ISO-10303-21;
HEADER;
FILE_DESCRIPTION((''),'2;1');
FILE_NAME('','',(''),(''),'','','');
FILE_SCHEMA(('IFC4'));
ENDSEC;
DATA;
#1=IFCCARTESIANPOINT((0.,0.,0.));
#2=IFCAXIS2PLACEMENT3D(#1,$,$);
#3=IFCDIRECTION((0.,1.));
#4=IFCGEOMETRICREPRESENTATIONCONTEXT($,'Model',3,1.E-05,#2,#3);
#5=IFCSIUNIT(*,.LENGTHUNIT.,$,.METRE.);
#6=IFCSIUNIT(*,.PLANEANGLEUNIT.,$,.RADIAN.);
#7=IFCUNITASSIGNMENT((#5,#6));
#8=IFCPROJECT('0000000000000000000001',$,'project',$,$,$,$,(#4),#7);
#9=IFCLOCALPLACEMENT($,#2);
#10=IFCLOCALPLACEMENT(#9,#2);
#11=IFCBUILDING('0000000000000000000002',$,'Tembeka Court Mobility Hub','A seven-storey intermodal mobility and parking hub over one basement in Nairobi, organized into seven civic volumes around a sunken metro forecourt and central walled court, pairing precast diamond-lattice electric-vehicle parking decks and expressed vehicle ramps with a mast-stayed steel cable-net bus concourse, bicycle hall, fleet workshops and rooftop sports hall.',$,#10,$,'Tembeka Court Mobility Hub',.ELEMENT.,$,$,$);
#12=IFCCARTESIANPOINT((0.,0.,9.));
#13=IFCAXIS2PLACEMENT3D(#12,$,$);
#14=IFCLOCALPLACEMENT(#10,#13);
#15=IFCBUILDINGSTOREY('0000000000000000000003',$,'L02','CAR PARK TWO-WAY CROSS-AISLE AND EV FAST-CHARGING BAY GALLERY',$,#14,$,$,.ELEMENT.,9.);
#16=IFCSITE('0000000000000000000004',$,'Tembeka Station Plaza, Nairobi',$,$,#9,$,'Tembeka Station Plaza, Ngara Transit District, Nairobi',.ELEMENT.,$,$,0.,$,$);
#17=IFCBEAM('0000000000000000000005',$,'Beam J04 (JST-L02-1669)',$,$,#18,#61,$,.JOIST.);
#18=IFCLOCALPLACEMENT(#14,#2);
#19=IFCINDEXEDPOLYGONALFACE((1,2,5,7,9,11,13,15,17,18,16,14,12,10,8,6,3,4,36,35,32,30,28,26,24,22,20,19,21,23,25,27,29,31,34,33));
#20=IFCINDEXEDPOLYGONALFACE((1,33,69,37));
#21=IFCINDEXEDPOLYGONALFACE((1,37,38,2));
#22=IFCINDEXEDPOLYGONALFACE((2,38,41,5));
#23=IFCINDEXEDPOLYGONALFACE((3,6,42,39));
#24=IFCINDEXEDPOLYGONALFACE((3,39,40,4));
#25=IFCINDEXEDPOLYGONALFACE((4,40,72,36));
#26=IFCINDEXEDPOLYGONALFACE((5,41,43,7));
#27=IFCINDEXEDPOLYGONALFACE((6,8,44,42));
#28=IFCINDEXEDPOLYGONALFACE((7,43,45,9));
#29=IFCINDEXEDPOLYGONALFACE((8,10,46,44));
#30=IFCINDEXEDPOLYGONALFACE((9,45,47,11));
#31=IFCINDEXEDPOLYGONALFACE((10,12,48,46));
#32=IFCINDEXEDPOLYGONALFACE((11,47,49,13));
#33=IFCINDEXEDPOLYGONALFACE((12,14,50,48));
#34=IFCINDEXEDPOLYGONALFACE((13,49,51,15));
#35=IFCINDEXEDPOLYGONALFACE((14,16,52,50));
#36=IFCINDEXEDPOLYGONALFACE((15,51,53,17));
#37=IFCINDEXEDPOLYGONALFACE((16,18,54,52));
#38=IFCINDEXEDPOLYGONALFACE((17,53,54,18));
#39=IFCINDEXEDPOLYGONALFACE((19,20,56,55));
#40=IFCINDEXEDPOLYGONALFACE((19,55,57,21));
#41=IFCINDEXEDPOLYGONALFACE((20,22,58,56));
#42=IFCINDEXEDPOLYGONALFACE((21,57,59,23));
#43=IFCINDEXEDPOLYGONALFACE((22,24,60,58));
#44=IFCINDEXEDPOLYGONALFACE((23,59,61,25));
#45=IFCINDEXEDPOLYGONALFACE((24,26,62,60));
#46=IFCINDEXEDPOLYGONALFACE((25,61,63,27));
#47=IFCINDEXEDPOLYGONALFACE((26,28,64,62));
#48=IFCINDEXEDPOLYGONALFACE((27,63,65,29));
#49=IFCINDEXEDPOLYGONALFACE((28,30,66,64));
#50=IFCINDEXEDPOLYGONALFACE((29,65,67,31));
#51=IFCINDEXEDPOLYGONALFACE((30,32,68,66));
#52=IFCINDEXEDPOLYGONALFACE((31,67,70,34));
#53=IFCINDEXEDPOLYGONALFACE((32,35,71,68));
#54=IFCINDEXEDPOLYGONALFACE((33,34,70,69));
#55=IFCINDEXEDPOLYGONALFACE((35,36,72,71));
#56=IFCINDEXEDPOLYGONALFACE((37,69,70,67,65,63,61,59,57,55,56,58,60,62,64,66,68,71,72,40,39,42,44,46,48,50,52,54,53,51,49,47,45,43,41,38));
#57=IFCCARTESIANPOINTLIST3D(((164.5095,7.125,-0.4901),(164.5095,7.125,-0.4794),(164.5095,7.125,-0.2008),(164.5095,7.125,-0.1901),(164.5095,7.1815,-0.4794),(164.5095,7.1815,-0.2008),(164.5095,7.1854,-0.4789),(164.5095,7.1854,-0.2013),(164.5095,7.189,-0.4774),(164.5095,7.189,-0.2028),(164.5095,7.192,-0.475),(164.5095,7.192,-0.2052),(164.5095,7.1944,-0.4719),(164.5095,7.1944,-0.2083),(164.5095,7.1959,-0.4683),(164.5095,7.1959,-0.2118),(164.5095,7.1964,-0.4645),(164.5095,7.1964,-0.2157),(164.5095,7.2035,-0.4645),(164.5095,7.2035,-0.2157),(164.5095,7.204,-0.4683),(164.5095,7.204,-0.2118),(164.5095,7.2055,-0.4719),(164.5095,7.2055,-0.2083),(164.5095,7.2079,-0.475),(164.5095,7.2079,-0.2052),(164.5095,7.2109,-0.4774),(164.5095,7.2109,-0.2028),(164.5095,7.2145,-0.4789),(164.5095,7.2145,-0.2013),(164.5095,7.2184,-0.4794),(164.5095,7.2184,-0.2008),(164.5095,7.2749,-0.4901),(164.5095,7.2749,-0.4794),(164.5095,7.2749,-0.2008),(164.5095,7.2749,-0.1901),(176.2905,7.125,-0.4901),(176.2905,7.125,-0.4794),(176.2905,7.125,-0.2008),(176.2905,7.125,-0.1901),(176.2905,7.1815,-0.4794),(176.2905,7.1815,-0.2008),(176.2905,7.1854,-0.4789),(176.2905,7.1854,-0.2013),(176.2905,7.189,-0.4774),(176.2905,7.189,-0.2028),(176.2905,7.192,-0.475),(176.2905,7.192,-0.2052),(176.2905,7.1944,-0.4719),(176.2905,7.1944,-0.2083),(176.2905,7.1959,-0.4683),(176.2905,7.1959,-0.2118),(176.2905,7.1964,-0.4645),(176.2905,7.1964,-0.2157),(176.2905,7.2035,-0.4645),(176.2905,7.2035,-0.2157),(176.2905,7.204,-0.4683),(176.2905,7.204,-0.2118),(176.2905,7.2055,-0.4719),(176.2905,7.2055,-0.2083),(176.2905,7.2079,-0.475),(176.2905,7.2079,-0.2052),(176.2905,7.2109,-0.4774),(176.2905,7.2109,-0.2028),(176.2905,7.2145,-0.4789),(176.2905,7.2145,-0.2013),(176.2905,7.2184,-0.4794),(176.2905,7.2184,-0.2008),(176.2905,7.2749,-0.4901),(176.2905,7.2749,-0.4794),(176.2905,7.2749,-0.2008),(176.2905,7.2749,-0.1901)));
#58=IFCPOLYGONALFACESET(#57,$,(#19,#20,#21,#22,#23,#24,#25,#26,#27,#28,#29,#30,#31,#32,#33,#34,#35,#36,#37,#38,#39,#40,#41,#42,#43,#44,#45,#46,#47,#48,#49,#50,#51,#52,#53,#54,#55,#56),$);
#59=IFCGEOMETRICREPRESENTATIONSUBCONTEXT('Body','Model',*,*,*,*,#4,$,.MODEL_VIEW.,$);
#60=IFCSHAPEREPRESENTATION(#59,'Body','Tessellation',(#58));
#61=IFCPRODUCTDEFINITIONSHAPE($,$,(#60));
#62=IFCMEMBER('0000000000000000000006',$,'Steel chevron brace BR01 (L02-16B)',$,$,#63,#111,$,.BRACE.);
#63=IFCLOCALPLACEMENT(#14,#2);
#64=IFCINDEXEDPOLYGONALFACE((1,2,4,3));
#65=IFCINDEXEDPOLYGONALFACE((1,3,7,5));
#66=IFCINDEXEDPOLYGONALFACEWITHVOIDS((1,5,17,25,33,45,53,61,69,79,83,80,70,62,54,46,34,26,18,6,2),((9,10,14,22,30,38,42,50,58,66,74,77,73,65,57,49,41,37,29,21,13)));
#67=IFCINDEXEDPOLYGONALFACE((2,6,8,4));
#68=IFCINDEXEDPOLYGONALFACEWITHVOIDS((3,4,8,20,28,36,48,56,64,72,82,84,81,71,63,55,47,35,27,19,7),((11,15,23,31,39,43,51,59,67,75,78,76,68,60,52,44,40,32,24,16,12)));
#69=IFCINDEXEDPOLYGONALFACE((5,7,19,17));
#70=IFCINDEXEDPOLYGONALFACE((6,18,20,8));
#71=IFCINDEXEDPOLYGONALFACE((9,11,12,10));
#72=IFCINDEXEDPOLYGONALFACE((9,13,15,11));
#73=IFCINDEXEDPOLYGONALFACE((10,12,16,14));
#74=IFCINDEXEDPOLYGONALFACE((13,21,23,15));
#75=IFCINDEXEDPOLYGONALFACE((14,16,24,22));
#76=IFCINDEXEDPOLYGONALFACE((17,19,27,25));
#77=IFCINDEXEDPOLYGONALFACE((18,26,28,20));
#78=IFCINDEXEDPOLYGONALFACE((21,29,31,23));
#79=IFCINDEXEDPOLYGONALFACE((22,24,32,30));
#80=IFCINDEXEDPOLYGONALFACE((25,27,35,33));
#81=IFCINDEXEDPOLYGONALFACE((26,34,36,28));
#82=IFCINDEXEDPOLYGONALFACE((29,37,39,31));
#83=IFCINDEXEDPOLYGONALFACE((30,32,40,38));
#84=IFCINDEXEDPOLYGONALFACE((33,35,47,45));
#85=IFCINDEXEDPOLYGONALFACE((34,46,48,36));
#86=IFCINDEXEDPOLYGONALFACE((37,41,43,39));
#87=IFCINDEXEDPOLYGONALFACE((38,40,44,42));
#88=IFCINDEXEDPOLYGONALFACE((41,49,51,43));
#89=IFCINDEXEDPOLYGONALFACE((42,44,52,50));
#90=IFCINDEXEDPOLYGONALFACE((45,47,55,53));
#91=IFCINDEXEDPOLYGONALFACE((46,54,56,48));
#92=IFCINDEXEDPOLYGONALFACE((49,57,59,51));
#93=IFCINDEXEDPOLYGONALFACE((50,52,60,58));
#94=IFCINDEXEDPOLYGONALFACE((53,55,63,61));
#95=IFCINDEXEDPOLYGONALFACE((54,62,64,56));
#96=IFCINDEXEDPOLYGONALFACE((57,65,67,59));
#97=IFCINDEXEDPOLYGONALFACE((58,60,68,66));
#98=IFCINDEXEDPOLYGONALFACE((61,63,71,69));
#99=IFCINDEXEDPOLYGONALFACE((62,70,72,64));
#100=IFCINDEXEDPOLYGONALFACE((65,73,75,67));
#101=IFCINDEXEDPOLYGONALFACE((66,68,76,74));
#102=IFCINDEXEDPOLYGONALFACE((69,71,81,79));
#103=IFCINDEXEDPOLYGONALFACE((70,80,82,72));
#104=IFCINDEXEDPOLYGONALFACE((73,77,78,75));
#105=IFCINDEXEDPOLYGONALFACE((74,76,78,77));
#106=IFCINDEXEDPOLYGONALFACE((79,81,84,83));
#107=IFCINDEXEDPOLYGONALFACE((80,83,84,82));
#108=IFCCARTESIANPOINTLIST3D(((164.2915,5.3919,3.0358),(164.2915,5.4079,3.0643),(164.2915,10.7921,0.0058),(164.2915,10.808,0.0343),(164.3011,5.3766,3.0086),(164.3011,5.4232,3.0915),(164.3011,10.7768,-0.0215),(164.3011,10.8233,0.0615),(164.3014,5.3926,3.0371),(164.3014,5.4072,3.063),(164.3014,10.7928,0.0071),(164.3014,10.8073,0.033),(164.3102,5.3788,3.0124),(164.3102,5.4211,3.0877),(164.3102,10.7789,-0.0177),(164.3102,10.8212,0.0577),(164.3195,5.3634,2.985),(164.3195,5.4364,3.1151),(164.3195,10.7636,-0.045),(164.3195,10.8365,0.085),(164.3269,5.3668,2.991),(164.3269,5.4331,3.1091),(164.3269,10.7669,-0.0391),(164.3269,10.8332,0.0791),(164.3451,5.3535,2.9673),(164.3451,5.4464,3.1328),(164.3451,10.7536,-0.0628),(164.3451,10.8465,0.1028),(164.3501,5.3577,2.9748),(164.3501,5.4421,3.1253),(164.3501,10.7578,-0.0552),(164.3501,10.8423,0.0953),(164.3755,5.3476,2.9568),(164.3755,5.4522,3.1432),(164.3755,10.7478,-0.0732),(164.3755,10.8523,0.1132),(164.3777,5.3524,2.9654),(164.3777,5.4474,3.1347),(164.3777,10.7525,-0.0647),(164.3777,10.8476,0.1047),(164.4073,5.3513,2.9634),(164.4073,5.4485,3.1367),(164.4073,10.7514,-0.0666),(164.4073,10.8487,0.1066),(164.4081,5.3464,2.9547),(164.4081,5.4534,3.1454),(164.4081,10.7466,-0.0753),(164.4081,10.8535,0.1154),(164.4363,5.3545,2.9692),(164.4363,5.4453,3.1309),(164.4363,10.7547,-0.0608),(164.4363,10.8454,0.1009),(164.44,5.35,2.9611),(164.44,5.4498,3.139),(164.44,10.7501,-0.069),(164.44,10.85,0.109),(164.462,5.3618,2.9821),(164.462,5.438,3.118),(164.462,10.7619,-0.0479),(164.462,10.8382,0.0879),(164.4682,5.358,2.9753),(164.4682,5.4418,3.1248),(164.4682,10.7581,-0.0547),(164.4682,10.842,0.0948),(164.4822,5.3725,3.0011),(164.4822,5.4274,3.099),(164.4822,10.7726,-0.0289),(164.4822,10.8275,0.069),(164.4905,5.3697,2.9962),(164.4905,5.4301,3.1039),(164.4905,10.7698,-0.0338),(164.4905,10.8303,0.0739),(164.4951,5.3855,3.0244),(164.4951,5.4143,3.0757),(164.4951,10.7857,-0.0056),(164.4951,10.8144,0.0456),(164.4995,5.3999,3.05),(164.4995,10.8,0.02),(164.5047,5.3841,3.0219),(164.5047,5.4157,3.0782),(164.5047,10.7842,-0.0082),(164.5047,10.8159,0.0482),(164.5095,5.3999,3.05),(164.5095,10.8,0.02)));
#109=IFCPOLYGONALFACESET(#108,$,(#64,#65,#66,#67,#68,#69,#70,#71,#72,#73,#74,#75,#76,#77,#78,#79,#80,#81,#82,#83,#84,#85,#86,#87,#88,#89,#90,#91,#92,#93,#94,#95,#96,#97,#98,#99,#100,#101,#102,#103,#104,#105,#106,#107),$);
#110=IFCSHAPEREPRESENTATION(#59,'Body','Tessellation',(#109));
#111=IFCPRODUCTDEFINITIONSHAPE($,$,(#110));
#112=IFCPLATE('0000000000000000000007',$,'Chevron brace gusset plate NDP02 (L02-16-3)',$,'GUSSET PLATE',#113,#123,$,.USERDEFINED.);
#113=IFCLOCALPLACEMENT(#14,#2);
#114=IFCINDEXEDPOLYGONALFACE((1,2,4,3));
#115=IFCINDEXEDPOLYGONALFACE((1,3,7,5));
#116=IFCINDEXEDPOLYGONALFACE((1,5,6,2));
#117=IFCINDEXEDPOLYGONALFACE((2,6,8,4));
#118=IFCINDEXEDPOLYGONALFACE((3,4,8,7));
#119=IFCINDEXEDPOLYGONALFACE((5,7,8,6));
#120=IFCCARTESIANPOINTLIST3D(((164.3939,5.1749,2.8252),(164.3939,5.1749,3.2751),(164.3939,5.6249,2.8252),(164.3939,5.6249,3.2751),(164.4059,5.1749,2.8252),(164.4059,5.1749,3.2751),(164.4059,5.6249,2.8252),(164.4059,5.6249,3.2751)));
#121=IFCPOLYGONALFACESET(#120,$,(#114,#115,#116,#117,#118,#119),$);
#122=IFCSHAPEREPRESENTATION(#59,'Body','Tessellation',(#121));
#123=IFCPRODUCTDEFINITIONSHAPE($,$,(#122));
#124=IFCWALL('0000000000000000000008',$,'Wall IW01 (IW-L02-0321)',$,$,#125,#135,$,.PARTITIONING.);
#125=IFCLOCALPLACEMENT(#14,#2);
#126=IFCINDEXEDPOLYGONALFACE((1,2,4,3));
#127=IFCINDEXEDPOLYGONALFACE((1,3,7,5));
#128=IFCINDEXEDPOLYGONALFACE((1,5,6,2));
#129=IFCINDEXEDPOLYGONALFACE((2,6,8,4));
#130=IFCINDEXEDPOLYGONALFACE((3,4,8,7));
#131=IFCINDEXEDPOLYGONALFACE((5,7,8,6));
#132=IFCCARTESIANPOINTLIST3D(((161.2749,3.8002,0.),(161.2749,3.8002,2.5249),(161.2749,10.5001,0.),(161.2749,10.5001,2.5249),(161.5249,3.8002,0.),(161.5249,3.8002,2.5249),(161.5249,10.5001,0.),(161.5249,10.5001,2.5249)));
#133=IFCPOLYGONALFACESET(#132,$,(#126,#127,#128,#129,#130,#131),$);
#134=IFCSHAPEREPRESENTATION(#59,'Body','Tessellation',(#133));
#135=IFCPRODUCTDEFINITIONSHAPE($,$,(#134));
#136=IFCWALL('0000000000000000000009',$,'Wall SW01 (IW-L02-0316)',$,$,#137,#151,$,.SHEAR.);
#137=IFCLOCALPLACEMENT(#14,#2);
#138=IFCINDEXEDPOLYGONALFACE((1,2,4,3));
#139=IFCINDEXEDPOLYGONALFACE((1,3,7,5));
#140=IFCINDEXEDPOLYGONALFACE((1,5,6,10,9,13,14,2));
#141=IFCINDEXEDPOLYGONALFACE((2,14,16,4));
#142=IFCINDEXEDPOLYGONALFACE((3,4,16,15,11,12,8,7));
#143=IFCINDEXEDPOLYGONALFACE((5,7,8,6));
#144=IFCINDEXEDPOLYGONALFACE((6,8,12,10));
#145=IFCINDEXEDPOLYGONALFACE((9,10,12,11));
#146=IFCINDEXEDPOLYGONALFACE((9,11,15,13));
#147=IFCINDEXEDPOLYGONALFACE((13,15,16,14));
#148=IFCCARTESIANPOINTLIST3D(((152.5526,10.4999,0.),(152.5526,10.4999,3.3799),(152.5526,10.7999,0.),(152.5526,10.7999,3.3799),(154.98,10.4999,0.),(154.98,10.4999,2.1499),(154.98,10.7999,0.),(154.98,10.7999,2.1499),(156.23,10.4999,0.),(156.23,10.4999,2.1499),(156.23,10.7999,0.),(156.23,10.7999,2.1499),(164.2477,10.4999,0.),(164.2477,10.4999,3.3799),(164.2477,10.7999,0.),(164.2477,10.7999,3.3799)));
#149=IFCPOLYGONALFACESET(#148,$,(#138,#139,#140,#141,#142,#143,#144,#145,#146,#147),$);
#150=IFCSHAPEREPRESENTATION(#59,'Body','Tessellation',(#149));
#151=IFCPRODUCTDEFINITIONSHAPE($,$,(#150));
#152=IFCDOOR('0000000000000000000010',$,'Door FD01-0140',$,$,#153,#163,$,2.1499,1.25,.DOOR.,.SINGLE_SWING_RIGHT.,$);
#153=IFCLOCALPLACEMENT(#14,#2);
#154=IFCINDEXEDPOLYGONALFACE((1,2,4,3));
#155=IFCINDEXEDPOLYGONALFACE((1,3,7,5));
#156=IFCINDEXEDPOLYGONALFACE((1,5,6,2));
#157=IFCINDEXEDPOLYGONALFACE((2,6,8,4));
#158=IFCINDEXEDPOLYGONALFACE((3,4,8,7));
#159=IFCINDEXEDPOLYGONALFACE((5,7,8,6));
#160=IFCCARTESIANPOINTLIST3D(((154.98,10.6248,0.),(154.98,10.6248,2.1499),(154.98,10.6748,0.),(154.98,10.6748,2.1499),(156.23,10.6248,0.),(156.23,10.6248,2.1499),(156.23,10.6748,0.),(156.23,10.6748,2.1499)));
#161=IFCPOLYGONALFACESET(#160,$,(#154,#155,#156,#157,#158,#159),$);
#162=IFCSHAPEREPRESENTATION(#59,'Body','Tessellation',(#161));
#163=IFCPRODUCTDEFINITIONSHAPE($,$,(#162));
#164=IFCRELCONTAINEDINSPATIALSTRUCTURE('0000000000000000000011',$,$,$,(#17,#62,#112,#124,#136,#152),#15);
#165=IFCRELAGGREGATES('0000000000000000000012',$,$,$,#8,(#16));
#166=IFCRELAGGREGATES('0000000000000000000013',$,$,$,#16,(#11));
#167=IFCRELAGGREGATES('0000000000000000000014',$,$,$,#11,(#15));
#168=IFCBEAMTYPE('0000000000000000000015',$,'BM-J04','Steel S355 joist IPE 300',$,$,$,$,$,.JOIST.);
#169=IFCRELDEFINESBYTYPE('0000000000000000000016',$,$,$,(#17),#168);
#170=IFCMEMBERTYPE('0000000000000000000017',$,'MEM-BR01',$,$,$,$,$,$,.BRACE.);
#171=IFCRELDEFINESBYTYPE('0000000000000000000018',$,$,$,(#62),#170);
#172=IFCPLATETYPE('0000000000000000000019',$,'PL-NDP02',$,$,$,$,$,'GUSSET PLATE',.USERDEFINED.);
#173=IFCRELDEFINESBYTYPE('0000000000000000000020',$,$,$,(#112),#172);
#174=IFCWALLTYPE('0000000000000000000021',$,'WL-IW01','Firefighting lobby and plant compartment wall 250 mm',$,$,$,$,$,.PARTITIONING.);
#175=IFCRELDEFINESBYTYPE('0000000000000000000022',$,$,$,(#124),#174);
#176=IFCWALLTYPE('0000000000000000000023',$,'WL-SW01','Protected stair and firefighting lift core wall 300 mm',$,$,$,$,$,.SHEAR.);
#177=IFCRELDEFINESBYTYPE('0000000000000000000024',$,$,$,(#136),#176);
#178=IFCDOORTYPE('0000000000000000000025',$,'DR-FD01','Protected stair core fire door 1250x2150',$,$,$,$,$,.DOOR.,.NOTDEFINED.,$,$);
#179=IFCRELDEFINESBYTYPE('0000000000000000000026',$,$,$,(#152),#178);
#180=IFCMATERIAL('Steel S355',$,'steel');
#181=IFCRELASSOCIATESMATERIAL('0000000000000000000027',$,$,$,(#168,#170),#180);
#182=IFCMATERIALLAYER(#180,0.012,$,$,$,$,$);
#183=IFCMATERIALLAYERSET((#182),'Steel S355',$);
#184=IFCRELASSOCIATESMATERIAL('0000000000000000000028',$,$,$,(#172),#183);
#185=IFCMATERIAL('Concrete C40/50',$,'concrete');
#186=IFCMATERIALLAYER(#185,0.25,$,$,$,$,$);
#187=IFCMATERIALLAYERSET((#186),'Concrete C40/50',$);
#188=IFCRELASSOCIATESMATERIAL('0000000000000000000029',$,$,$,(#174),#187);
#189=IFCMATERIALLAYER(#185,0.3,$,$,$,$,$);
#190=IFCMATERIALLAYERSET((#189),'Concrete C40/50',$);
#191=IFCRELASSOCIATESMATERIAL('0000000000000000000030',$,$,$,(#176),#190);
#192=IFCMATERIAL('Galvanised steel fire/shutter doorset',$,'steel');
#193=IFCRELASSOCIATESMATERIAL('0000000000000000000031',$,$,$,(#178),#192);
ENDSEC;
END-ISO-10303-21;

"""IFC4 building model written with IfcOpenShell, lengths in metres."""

from ifc_helpers import new_model, si_unit, direction, frame, frame_2d, origin, origin_2d, place, context, subcontext, project, spatial, rectangle, hollow_circle, i_section, extrude, material, layer, layer_set, material_profile, profile_set, type_object, element, fill, save


model = new_model("IFC4")

# Units and contexts
model_context = context("Model", 3, precision=1e-05, world=origin(), true_north=direction((0.0, 1.0)))
body_context = subcontext(model_context, "Body", "Model", "MODEL_VIEW")
ifc_project = project(units=[si_unit("LENGTHUNIT", "METRE"), si_unit("PLANEANGLEUNIT", "RADIAN")], contexts=[model_context])

# Site, building, storey
site_placement = place(None, origin())
site = spatial("IfcSite", under=ifc_project, at=site_placement, Name="Tembeka Station Plaza, Nairobi", LongName="Tembeka Station Plaza, Ngara Transit District, Nairobi", CompositionType="ELEMENT", RefElevation=0.0)
building_placement = place(site_placement, origin())
building = spatial("IfcBuilding", under=site, at=building_placement, Name="Tembeka Court Mobility Hub", Description="A seven-storey intermodal mobility and parking hub over one basement in Nairobi, organized into seven civic volumes around a sunken metro forecourt and central walled court, pairing precast diamond-lattice electric-vehicle parking decks and expressed vehicle ramps with a mast-stayed steel cable-net bus concourse, bicycle hall, fleet workshops and rooftop sports hall.", LongName="Tembeka Court Mobility Hub", CompositionType="ELEMENT")
storey_placement = place(building_placement, frame((0.0, 0.0, 9.0)))
storey = spatial("IfcBuildingStorey", under=building, at=storey_placement, Name="L02", Description="CAR PARK TWO-WAY CROSS-AISLE AND EV FAST-CHARGING BAY GALLERY", CompositionType="ELEMENT", Elevation=9.0)

# Shared definitions
ifc_material_1 = material(Name="Steel S355", Category="steel")

# Beam
ifc_material_profile_1 = material_profile(ifc_material_1, i_section(OverallWidth=0.1499, OverallDepth=0.3, WebThickness=0.0071, FlangeThickness=0.0107, FilletRadius=0.0149, at=origin_2d()), Name="IPE 300")
ifc_profile_set_1 = profile_set([ifc_material_profile_1], Name="Steel S355")
beam_type_1 = type_object("IfcBeamType", Name="BM-J04", Description="Steel S355 joist IPE 300", PredefinedType="JOIST", material=ifc_profile_set_1)
for number, where, z_axis, x_axis, name in (
    (1, (164.5095, 7.2, -0.3401), (1.0, 0.0, 0.0), (0.0, 1.0, 0.0), "Beam J04 (JST-L02-1669)"),
):
    element("IfcBeam", number, at=place(storey_placement, frame(where, z_axis=z_axis, x_axis=x_axis)), inside=storey, type_object=beam_type_1, Name=name, PredefinedType="JOIST", context=body_context, shape_type="SweptSolid", body=[
        extrude(i_section(OverallWidth=0.1499, OverallDepth=0.3, WebThickness=0.0071, FlangeThickness=0.0107, FilletRadius=0.0149, at=origin_2d()), origin(), (0.0, 0.0, 1.0), 11.781),
    ])

# Member
ifc_material_profile_2 = material_profile(ifc_material_1, hollow_circle(Radius=0.1096, WallThickness=0.01, at=origin_2d()), Name="CHS 219.1x10")
ifc_profile_set_2 = profile_set([ifc_material_profile_2], Name="Steel S355")
member_type = type_object("IfcMemberType", Name="MEM-BR01", PredefinedType="BRACE", material=ifc_profile_set_2)
member_placement = place(storey_placement, frame((164.3999, 10.8, 0.02), z_axis=(0.0, -0.872096, 0.489334), x_axis=(1.0, 0.0, 0.0)))
element("IfcMember", 2, at=member_placement, inside=storey, type_object=member_type, Name="Steel chevron brace BR01 (L02-16B)", PredefinedType="BRACE", context=body_context, shape_type="SweptSolid", body=[
    extrude(hollow_circle(Radius=0.1096, WallThickness=0.01, at=origin_2d()), origin(), (0.0, 0.0, 1.0), 6.1921),
])

# Plate
ifc_layer_1 = layer(ifc_material_1, 0.012)
ifc_layer_set_1 = layer_set([ifc_layer_1], Name="Steel S355")
plate_type = type_object("IfcPlateType", Name="PL-NDP02", ElementType="GUSSET PLATE", PredefinedType="USERDEFINED", material=ifc_layer_set_1)
plate_placement = place(storey_placement, frame((164.3999, 5.3999, 2.8252), z_axis=(0.0, 0.0, 1.0), x_axis=(1.0, 0.0, 0.0)))
element("IfcPlate", 3, at=plate_placement, inside=storey, type_object=plate_type, Name="Chevron brace gusset plate NDP02 (L02-16-3)", ObjectType="GUSSET PLATE", PredefinedType="USERDEFINED", context=body_context, shape_type="SweptSolid", body=[
    extrude(rectangle(XDim=0.012, YDim=0.45, at=origin_2d()), origin(), (0.0, 0.0, 1.0), 0.45),
])

# Wall
ifc_material_2 = material(Name="Concrete C40/50", Category="concrete")
ifc_layer_2 = layer(ifc_material_2, 0.25)
ifc_layer_set_2 = layer_set([ifc_layer_2], Name="Concrete C40/50")
wall_type_1 = type_object("IfcWallType", Name="WL-IW01", Description="Firefighting lobby and plant compartment wall 250 mm", PredefinedType="PARTITIONING", material=ifc_layer_set_2)
wall_1_placement = place(storey_placement, frame((161.3999, 3.8, 0.0), z_axis=(0.0, 0.0, 1.0), x_axis=(0.0, 1.0, 0.0)))
element("IfcWall", 4, at=wall_1_placement, inside=storey, type_object=wall_type_1, Name="Wall IW01 (IW-L02-0321)", PredefinedType="PARTITIONING", context=body_context, shape_type="SweptSolid", body=[
    extrude(rectangle(XDim=6.7, YDim=0.25, at=frame_2d((3.3501, 0.0))), origin(), (0.0, 0.0, 1.0), 2.5249),
])

# Wall, opening, door
ifc_layer_3 = layer(ifc_material_2, 0.3)
ifc_layer_set_3 = layer_set([ifc_layer_3], Name="Concrete C40/50")
wall_type_2 = type_object("IfcWallType", Name="WL-SW01", Description="Protected stair and firefighting lift core wall 300 mm", PredefinedType="SHEAR", material=ifc_layer_set_3)
wall_2_placement = place(storey_placement, frame((152.5525, 10.6499, 0.0), z_axis=(0.0, 0.0, 1.0), x_axis=(1.0, 0.0, 0.0)))
wall_2 = element("IfcWall", 5, at=wall_2_placement, inside=storey, type_object=wall_type_2, Name="Wall SW01 (IW-L02-0316)", PredefinedType="SHEAR", context=body_context, shape_type="SweptSolid", body=[
    extrude(rectangle(XDim=11.6951, YDim=0.3, at=frame_2d((5.8477, 0.0))), origin(), (0.0, 0.0, 1.0), 3.3799),
])
opening_1_placement = place(wall_2_placement, frame((2.4275, 0.0, 0.0)))
opening_1 = element("IfcOpeningElement", 6, at=opening_1_placement, cuts=wall_2, PredefinedType="OPENING", context=body_context, shape_type="SweptSolid", body=[
    extrude(rectangle(XDim=1.25, YDim=2.1499, at=frame_2d((0.625, 1.075))), frame((0.0, 0.1602, 0.0), z_axis=(0.0, -1.0, 0.0), x_axis=(1.0, 0.0, 0.0)), (0.0, 0.0, 1.0), 0.3201),
])
ifc_material_3 = material(Name="Galvanised steel fire/shutter doorset", Category="steel")
door_type_1 = type_object("IfcDoorType", Name="DR-FD01", Description="Protected stair core fire door 1250x2150", OperationType="NOTDEFINED", PredefinedType="DOOR", material=ifc_material_3)
door_1_placement = place(opening_1_placement, origin())
door_1 = element("IfcDoor", 7, at=door_1_placement, inside=storey, type_object=door_type_1, Name="Door FD01-0140", OperationType="SINGLE_SWING_RIGHT", OverallHeight=2.1499, OverallWidth=1.25, PredefinedType="DOOR", context=body_context, shape_type="SweptSolid", body=[
    extrude(rectangle(XDim=1.25, YDim=2.1499, at=frame_2d((0.625, 1.075))), frame((0.0, 0.0249, 0.0), z_axis=(0.0, -1.0, 0.0), x_axis=(1.0, 0.0, 0.0)), (0.0, 0.0, 1.0), 0.05),
])
fill(opening_1, door_1)

save(model, "model.ifc")
